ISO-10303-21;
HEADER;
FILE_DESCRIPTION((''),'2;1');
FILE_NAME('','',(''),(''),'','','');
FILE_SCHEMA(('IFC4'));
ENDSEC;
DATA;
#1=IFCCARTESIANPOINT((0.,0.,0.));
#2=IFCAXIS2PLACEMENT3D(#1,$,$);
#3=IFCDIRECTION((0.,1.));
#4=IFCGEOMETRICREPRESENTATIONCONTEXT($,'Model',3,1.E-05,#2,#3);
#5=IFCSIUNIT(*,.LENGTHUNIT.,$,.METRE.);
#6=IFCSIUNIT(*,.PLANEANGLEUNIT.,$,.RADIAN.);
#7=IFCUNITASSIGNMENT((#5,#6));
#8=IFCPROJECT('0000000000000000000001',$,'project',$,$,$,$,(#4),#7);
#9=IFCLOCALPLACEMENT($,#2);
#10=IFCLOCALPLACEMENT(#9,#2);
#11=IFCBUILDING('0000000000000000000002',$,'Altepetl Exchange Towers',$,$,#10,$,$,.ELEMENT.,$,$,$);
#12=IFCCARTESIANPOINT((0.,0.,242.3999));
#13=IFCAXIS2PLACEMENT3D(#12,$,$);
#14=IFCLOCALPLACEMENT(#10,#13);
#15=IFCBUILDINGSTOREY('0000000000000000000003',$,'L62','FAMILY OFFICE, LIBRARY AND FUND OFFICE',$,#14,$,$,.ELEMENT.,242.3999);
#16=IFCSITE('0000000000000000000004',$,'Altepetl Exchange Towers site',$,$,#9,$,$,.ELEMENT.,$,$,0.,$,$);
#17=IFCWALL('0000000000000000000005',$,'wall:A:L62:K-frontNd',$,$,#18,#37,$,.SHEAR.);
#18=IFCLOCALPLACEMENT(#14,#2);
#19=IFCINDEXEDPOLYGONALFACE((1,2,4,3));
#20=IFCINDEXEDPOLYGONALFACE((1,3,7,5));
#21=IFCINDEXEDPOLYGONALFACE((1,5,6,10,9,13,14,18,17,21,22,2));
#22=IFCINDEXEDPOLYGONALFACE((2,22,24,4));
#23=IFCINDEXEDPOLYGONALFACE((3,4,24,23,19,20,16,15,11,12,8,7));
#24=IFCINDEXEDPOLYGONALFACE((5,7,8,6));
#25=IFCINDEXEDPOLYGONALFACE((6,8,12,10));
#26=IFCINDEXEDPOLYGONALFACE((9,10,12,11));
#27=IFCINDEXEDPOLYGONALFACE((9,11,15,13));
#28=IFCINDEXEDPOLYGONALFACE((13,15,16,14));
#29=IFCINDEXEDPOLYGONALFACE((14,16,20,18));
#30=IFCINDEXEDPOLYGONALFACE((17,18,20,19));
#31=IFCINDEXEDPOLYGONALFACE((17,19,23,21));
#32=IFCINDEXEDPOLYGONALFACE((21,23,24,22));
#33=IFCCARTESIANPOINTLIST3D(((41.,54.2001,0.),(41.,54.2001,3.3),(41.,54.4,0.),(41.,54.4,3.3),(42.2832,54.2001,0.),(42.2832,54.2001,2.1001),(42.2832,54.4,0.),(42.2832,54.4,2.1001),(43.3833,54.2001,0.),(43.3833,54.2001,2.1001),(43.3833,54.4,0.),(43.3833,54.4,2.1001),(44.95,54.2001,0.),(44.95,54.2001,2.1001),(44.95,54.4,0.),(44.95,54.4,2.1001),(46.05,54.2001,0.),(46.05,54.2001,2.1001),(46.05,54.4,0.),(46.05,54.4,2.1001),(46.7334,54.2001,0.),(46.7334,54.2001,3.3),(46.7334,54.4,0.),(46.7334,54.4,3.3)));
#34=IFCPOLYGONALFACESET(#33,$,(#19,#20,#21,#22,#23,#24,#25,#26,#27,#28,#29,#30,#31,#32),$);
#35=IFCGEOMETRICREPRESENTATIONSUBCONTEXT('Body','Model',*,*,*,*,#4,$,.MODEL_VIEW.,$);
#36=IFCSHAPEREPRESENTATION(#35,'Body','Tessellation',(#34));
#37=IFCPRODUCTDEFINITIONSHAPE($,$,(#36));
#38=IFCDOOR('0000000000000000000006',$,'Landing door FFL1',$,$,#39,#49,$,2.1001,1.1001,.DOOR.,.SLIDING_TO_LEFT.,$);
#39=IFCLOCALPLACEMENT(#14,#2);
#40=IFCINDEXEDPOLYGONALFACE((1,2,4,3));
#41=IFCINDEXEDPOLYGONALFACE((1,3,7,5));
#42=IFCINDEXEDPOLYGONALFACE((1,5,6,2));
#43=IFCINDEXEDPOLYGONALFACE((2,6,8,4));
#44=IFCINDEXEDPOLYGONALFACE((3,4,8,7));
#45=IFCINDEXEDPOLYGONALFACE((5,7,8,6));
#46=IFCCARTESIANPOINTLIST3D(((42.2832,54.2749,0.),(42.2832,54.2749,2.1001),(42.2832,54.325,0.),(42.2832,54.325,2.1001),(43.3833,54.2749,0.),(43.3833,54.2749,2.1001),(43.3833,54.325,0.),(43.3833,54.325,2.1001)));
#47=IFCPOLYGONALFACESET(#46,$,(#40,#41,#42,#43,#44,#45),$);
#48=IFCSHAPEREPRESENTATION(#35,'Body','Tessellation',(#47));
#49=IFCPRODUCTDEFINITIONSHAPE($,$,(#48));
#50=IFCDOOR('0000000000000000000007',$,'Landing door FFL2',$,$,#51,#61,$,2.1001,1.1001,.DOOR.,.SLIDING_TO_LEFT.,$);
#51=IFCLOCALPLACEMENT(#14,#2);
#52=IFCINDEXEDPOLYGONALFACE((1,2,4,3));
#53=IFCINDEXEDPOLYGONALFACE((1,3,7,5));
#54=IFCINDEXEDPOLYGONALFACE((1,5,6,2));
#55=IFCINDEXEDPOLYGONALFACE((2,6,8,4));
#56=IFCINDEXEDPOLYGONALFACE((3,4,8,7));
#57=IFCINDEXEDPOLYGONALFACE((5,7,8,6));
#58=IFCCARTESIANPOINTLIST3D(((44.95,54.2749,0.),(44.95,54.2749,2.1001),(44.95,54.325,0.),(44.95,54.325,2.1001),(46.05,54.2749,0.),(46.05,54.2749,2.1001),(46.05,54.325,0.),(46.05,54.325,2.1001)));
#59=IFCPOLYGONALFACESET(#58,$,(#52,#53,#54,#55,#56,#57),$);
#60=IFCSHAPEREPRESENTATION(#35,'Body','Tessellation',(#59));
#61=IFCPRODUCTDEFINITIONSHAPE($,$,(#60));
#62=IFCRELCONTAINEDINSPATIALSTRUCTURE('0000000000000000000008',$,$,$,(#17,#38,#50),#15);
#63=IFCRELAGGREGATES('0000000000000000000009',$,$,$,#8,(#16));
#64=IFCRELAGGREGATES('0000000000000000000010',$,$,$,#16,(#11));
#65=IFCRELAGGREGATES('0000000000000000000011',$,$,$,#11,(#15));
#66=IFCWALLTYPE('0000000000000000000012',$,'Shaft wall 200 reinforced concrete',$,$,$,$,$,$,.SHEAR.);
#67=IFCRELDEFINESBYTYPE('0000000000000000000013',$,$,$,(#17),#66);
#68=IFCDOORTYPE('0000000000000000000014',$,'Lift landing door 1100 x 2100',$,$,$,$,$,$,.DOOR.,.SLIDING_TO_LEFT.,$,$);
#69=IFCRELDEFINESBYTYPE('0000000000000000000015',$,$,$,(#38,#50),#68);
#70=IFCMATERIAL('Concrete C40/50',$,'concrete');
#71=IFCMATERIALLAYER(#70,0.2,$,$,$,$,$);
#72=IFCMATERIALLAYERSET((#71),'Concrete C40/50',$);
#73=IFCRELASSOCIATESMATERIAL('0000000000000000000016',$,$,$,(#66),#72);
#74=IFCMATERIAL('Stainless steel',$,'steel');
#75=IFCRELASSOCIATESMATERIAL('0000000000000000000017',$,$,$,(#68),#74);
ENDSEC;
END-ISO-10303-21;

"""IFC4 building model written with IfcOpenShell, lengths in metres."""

from ifc_helpers import new_model, si_unit, direction, frame, frame_2d, origin, place, context, subcontext, project, spatial, rectangle, extrude, material, layer, layer_set, type_object, element, fill, save


model = new_model("IFC4")

# Units and contexts
model_context = context("Model", 3, precision=1e-05, world=origin(), true_north=direction((0.0, 1.0)))
body_context = subcontext(model_context, "Body", "Model", "MODEL_VIEW")
ifc_project = project(units=[si_unit("LENGTHUNIT", "METRE"), si_unit("PLANEANGLEUNIT", "RADIAN")], contexts=[model_context])

# Site, building, storey
site_placement = place(None, origin())
site = spatial("IfcSite", under=ifc_project, at=site_placement, Name="Altepetl Exchange Towers site", CompositionType="ELEMENT", RefElevation=0.0)
building_placement = place(site_placement, origin())
building = spatial("IfcBuilding", under=site, at=building_placement, Name="Altepetl Exchange Towers", CompositionType="ELEMENT")
storey_placement = place(building_placement, frame((0.0, 0.0, 242.3999)))
storey = spatial("IfcBuildingStorey", under=building, at=storey_placement, Name="L62", Description="FAMILY OFFICE, LIBRARY AND FUND OFFICE", CompositionType="ELEMENT", Elevation=242.3999)

# Shared definitions
ifc_material_1 = material(Name="Concrete C40/50", Category="concrete")
ifc_layer_1 = layer(ifc_material_1, 0.2)
ifc_layer_set_1 = layer_set([ifc_layer_1], Name="Concrete C40/50")
wall_type_1 = type_object("IfcWallType", Name="Shaft wall 200 reinforced concrete", PredefinedType="SHEAR", material=ifc_layer_set_1)

# Wall, openings, doors
ifc_material_2 = material(Name="Stainless steel", Category="steel")
wall_1_placement = place(storey_placement, frame((41.0, 54.3, 0.0)))
wall_1 = element("IfcWall", 1, at=wall_1_placement, inside=storey, type_object=wall_type_1, Name="wall:A:L62:K-frontNd", PredefinedType="SHEAR", context=body_context, shape_type="SweptSolid", body=[
    extrude(rectangle(XDim=5.7334, YDim=0.2, at=frame_2d((2.8667, 0.0))), origin(), (0.0, 0.0, 1.0), 3.3),
])
opening_1_placement = place(wall_1_placement, frame((1.2832, 0.0, 0.0)))
opening_1 = element("IfcOpeningElement", 2, at=opening_1_placement, cuts=wall_1, PredefinedType="OPENING", context=body_context, shape_type="SweptSolid", body=[
    extrude(rectangle(XDim=1.1001, YDim=2.1001, at=frame_2d((0.55, 1.05))), frame((0.0, 0.1099, 0.0), z_axis=(0.0, -1.0, 0.0), x_axis=(1.0, 0.0, 0.0)), (0.0, 0.0, 1.0), 0.22),
])
opening_2_placement = place(wall_1_placement, frame((3.95, 0.0, 0.0)))
opening_2 = element("IfcOpeningElement", 3, at=opening_2_placement, cuts=wall_1, PredefinedType="OPENING", context=body_context, shape_type="SweptSolid", body=[
    extrude(rectangle(XDim=1.1001, YDim=2.1001, at=frame_2d((0.55, 1.05))), frame((0.0, 0.1099, 0.0), z_axis=(0.0, -1.0, 0.0), x_axis=(1.0, 0.0, 0.0)), (0.0, 0.0, 1.0), 0.22),
])
door_type_1 = type_object("IfcDoorType", Name="Lift landing door 1100 x 2100", OperationType="SLIDING_TO_LEFT", PredefinedType="DOOR", material=ifc_material_2)
door_1_placement = place(opening_1_placement, origin())
door_1 = element("IfcDoor", 4, at=door_1_placement, inside=storey, type_object=door_type_1, Name="Landing door FFL1", OperationType="SLIDING_TO_LEFT", OverallHeight=2.1001, OverallWidth=1.1001, PredefinedType="DOOR", context=body_context, shape_type="SweptSolid", body=[
    extrude(rectangle(XDim=1.1001, YDim=2.1001, at=frame_2d((0.55, 1.05))), frame((0.0, 0.0249, 0.0), z_axis=(0.0, -1.0, 0.0), x_axis=(1.0, 0.0, 0.0)), (0.0, 0.0, 1.0), 0.05),
])
fill(opening_1, door_1)
door_2_placement = place(opening_2_placement, origin())
door_2 = element("IfcDoor", 5, at=door_2_placement, inside=storey, type_object=door_type_1, Name="Landing door FFL2", OperationType="SLIDING_TO_LEFT", OverallHeight=2.1001, OverallWidth=1.1001, PredefinedType="DOOR", context=body_context, shape_type="SweptSolid", body=[
    extrude(rectangle(XDim=1.1001, YDim=2.1001, at=frame_2d((0.55, 1.05))), frame((0.0, 0.0249, 0.0), z_axis=(0.0, -1.0, 0.0), x_axis=(1.0, 0.0, 0.0)), (0.0, 0.0, 1.0), 0.05),
])
fill(opening_2, door_2)

save(model, "model.ifc")
